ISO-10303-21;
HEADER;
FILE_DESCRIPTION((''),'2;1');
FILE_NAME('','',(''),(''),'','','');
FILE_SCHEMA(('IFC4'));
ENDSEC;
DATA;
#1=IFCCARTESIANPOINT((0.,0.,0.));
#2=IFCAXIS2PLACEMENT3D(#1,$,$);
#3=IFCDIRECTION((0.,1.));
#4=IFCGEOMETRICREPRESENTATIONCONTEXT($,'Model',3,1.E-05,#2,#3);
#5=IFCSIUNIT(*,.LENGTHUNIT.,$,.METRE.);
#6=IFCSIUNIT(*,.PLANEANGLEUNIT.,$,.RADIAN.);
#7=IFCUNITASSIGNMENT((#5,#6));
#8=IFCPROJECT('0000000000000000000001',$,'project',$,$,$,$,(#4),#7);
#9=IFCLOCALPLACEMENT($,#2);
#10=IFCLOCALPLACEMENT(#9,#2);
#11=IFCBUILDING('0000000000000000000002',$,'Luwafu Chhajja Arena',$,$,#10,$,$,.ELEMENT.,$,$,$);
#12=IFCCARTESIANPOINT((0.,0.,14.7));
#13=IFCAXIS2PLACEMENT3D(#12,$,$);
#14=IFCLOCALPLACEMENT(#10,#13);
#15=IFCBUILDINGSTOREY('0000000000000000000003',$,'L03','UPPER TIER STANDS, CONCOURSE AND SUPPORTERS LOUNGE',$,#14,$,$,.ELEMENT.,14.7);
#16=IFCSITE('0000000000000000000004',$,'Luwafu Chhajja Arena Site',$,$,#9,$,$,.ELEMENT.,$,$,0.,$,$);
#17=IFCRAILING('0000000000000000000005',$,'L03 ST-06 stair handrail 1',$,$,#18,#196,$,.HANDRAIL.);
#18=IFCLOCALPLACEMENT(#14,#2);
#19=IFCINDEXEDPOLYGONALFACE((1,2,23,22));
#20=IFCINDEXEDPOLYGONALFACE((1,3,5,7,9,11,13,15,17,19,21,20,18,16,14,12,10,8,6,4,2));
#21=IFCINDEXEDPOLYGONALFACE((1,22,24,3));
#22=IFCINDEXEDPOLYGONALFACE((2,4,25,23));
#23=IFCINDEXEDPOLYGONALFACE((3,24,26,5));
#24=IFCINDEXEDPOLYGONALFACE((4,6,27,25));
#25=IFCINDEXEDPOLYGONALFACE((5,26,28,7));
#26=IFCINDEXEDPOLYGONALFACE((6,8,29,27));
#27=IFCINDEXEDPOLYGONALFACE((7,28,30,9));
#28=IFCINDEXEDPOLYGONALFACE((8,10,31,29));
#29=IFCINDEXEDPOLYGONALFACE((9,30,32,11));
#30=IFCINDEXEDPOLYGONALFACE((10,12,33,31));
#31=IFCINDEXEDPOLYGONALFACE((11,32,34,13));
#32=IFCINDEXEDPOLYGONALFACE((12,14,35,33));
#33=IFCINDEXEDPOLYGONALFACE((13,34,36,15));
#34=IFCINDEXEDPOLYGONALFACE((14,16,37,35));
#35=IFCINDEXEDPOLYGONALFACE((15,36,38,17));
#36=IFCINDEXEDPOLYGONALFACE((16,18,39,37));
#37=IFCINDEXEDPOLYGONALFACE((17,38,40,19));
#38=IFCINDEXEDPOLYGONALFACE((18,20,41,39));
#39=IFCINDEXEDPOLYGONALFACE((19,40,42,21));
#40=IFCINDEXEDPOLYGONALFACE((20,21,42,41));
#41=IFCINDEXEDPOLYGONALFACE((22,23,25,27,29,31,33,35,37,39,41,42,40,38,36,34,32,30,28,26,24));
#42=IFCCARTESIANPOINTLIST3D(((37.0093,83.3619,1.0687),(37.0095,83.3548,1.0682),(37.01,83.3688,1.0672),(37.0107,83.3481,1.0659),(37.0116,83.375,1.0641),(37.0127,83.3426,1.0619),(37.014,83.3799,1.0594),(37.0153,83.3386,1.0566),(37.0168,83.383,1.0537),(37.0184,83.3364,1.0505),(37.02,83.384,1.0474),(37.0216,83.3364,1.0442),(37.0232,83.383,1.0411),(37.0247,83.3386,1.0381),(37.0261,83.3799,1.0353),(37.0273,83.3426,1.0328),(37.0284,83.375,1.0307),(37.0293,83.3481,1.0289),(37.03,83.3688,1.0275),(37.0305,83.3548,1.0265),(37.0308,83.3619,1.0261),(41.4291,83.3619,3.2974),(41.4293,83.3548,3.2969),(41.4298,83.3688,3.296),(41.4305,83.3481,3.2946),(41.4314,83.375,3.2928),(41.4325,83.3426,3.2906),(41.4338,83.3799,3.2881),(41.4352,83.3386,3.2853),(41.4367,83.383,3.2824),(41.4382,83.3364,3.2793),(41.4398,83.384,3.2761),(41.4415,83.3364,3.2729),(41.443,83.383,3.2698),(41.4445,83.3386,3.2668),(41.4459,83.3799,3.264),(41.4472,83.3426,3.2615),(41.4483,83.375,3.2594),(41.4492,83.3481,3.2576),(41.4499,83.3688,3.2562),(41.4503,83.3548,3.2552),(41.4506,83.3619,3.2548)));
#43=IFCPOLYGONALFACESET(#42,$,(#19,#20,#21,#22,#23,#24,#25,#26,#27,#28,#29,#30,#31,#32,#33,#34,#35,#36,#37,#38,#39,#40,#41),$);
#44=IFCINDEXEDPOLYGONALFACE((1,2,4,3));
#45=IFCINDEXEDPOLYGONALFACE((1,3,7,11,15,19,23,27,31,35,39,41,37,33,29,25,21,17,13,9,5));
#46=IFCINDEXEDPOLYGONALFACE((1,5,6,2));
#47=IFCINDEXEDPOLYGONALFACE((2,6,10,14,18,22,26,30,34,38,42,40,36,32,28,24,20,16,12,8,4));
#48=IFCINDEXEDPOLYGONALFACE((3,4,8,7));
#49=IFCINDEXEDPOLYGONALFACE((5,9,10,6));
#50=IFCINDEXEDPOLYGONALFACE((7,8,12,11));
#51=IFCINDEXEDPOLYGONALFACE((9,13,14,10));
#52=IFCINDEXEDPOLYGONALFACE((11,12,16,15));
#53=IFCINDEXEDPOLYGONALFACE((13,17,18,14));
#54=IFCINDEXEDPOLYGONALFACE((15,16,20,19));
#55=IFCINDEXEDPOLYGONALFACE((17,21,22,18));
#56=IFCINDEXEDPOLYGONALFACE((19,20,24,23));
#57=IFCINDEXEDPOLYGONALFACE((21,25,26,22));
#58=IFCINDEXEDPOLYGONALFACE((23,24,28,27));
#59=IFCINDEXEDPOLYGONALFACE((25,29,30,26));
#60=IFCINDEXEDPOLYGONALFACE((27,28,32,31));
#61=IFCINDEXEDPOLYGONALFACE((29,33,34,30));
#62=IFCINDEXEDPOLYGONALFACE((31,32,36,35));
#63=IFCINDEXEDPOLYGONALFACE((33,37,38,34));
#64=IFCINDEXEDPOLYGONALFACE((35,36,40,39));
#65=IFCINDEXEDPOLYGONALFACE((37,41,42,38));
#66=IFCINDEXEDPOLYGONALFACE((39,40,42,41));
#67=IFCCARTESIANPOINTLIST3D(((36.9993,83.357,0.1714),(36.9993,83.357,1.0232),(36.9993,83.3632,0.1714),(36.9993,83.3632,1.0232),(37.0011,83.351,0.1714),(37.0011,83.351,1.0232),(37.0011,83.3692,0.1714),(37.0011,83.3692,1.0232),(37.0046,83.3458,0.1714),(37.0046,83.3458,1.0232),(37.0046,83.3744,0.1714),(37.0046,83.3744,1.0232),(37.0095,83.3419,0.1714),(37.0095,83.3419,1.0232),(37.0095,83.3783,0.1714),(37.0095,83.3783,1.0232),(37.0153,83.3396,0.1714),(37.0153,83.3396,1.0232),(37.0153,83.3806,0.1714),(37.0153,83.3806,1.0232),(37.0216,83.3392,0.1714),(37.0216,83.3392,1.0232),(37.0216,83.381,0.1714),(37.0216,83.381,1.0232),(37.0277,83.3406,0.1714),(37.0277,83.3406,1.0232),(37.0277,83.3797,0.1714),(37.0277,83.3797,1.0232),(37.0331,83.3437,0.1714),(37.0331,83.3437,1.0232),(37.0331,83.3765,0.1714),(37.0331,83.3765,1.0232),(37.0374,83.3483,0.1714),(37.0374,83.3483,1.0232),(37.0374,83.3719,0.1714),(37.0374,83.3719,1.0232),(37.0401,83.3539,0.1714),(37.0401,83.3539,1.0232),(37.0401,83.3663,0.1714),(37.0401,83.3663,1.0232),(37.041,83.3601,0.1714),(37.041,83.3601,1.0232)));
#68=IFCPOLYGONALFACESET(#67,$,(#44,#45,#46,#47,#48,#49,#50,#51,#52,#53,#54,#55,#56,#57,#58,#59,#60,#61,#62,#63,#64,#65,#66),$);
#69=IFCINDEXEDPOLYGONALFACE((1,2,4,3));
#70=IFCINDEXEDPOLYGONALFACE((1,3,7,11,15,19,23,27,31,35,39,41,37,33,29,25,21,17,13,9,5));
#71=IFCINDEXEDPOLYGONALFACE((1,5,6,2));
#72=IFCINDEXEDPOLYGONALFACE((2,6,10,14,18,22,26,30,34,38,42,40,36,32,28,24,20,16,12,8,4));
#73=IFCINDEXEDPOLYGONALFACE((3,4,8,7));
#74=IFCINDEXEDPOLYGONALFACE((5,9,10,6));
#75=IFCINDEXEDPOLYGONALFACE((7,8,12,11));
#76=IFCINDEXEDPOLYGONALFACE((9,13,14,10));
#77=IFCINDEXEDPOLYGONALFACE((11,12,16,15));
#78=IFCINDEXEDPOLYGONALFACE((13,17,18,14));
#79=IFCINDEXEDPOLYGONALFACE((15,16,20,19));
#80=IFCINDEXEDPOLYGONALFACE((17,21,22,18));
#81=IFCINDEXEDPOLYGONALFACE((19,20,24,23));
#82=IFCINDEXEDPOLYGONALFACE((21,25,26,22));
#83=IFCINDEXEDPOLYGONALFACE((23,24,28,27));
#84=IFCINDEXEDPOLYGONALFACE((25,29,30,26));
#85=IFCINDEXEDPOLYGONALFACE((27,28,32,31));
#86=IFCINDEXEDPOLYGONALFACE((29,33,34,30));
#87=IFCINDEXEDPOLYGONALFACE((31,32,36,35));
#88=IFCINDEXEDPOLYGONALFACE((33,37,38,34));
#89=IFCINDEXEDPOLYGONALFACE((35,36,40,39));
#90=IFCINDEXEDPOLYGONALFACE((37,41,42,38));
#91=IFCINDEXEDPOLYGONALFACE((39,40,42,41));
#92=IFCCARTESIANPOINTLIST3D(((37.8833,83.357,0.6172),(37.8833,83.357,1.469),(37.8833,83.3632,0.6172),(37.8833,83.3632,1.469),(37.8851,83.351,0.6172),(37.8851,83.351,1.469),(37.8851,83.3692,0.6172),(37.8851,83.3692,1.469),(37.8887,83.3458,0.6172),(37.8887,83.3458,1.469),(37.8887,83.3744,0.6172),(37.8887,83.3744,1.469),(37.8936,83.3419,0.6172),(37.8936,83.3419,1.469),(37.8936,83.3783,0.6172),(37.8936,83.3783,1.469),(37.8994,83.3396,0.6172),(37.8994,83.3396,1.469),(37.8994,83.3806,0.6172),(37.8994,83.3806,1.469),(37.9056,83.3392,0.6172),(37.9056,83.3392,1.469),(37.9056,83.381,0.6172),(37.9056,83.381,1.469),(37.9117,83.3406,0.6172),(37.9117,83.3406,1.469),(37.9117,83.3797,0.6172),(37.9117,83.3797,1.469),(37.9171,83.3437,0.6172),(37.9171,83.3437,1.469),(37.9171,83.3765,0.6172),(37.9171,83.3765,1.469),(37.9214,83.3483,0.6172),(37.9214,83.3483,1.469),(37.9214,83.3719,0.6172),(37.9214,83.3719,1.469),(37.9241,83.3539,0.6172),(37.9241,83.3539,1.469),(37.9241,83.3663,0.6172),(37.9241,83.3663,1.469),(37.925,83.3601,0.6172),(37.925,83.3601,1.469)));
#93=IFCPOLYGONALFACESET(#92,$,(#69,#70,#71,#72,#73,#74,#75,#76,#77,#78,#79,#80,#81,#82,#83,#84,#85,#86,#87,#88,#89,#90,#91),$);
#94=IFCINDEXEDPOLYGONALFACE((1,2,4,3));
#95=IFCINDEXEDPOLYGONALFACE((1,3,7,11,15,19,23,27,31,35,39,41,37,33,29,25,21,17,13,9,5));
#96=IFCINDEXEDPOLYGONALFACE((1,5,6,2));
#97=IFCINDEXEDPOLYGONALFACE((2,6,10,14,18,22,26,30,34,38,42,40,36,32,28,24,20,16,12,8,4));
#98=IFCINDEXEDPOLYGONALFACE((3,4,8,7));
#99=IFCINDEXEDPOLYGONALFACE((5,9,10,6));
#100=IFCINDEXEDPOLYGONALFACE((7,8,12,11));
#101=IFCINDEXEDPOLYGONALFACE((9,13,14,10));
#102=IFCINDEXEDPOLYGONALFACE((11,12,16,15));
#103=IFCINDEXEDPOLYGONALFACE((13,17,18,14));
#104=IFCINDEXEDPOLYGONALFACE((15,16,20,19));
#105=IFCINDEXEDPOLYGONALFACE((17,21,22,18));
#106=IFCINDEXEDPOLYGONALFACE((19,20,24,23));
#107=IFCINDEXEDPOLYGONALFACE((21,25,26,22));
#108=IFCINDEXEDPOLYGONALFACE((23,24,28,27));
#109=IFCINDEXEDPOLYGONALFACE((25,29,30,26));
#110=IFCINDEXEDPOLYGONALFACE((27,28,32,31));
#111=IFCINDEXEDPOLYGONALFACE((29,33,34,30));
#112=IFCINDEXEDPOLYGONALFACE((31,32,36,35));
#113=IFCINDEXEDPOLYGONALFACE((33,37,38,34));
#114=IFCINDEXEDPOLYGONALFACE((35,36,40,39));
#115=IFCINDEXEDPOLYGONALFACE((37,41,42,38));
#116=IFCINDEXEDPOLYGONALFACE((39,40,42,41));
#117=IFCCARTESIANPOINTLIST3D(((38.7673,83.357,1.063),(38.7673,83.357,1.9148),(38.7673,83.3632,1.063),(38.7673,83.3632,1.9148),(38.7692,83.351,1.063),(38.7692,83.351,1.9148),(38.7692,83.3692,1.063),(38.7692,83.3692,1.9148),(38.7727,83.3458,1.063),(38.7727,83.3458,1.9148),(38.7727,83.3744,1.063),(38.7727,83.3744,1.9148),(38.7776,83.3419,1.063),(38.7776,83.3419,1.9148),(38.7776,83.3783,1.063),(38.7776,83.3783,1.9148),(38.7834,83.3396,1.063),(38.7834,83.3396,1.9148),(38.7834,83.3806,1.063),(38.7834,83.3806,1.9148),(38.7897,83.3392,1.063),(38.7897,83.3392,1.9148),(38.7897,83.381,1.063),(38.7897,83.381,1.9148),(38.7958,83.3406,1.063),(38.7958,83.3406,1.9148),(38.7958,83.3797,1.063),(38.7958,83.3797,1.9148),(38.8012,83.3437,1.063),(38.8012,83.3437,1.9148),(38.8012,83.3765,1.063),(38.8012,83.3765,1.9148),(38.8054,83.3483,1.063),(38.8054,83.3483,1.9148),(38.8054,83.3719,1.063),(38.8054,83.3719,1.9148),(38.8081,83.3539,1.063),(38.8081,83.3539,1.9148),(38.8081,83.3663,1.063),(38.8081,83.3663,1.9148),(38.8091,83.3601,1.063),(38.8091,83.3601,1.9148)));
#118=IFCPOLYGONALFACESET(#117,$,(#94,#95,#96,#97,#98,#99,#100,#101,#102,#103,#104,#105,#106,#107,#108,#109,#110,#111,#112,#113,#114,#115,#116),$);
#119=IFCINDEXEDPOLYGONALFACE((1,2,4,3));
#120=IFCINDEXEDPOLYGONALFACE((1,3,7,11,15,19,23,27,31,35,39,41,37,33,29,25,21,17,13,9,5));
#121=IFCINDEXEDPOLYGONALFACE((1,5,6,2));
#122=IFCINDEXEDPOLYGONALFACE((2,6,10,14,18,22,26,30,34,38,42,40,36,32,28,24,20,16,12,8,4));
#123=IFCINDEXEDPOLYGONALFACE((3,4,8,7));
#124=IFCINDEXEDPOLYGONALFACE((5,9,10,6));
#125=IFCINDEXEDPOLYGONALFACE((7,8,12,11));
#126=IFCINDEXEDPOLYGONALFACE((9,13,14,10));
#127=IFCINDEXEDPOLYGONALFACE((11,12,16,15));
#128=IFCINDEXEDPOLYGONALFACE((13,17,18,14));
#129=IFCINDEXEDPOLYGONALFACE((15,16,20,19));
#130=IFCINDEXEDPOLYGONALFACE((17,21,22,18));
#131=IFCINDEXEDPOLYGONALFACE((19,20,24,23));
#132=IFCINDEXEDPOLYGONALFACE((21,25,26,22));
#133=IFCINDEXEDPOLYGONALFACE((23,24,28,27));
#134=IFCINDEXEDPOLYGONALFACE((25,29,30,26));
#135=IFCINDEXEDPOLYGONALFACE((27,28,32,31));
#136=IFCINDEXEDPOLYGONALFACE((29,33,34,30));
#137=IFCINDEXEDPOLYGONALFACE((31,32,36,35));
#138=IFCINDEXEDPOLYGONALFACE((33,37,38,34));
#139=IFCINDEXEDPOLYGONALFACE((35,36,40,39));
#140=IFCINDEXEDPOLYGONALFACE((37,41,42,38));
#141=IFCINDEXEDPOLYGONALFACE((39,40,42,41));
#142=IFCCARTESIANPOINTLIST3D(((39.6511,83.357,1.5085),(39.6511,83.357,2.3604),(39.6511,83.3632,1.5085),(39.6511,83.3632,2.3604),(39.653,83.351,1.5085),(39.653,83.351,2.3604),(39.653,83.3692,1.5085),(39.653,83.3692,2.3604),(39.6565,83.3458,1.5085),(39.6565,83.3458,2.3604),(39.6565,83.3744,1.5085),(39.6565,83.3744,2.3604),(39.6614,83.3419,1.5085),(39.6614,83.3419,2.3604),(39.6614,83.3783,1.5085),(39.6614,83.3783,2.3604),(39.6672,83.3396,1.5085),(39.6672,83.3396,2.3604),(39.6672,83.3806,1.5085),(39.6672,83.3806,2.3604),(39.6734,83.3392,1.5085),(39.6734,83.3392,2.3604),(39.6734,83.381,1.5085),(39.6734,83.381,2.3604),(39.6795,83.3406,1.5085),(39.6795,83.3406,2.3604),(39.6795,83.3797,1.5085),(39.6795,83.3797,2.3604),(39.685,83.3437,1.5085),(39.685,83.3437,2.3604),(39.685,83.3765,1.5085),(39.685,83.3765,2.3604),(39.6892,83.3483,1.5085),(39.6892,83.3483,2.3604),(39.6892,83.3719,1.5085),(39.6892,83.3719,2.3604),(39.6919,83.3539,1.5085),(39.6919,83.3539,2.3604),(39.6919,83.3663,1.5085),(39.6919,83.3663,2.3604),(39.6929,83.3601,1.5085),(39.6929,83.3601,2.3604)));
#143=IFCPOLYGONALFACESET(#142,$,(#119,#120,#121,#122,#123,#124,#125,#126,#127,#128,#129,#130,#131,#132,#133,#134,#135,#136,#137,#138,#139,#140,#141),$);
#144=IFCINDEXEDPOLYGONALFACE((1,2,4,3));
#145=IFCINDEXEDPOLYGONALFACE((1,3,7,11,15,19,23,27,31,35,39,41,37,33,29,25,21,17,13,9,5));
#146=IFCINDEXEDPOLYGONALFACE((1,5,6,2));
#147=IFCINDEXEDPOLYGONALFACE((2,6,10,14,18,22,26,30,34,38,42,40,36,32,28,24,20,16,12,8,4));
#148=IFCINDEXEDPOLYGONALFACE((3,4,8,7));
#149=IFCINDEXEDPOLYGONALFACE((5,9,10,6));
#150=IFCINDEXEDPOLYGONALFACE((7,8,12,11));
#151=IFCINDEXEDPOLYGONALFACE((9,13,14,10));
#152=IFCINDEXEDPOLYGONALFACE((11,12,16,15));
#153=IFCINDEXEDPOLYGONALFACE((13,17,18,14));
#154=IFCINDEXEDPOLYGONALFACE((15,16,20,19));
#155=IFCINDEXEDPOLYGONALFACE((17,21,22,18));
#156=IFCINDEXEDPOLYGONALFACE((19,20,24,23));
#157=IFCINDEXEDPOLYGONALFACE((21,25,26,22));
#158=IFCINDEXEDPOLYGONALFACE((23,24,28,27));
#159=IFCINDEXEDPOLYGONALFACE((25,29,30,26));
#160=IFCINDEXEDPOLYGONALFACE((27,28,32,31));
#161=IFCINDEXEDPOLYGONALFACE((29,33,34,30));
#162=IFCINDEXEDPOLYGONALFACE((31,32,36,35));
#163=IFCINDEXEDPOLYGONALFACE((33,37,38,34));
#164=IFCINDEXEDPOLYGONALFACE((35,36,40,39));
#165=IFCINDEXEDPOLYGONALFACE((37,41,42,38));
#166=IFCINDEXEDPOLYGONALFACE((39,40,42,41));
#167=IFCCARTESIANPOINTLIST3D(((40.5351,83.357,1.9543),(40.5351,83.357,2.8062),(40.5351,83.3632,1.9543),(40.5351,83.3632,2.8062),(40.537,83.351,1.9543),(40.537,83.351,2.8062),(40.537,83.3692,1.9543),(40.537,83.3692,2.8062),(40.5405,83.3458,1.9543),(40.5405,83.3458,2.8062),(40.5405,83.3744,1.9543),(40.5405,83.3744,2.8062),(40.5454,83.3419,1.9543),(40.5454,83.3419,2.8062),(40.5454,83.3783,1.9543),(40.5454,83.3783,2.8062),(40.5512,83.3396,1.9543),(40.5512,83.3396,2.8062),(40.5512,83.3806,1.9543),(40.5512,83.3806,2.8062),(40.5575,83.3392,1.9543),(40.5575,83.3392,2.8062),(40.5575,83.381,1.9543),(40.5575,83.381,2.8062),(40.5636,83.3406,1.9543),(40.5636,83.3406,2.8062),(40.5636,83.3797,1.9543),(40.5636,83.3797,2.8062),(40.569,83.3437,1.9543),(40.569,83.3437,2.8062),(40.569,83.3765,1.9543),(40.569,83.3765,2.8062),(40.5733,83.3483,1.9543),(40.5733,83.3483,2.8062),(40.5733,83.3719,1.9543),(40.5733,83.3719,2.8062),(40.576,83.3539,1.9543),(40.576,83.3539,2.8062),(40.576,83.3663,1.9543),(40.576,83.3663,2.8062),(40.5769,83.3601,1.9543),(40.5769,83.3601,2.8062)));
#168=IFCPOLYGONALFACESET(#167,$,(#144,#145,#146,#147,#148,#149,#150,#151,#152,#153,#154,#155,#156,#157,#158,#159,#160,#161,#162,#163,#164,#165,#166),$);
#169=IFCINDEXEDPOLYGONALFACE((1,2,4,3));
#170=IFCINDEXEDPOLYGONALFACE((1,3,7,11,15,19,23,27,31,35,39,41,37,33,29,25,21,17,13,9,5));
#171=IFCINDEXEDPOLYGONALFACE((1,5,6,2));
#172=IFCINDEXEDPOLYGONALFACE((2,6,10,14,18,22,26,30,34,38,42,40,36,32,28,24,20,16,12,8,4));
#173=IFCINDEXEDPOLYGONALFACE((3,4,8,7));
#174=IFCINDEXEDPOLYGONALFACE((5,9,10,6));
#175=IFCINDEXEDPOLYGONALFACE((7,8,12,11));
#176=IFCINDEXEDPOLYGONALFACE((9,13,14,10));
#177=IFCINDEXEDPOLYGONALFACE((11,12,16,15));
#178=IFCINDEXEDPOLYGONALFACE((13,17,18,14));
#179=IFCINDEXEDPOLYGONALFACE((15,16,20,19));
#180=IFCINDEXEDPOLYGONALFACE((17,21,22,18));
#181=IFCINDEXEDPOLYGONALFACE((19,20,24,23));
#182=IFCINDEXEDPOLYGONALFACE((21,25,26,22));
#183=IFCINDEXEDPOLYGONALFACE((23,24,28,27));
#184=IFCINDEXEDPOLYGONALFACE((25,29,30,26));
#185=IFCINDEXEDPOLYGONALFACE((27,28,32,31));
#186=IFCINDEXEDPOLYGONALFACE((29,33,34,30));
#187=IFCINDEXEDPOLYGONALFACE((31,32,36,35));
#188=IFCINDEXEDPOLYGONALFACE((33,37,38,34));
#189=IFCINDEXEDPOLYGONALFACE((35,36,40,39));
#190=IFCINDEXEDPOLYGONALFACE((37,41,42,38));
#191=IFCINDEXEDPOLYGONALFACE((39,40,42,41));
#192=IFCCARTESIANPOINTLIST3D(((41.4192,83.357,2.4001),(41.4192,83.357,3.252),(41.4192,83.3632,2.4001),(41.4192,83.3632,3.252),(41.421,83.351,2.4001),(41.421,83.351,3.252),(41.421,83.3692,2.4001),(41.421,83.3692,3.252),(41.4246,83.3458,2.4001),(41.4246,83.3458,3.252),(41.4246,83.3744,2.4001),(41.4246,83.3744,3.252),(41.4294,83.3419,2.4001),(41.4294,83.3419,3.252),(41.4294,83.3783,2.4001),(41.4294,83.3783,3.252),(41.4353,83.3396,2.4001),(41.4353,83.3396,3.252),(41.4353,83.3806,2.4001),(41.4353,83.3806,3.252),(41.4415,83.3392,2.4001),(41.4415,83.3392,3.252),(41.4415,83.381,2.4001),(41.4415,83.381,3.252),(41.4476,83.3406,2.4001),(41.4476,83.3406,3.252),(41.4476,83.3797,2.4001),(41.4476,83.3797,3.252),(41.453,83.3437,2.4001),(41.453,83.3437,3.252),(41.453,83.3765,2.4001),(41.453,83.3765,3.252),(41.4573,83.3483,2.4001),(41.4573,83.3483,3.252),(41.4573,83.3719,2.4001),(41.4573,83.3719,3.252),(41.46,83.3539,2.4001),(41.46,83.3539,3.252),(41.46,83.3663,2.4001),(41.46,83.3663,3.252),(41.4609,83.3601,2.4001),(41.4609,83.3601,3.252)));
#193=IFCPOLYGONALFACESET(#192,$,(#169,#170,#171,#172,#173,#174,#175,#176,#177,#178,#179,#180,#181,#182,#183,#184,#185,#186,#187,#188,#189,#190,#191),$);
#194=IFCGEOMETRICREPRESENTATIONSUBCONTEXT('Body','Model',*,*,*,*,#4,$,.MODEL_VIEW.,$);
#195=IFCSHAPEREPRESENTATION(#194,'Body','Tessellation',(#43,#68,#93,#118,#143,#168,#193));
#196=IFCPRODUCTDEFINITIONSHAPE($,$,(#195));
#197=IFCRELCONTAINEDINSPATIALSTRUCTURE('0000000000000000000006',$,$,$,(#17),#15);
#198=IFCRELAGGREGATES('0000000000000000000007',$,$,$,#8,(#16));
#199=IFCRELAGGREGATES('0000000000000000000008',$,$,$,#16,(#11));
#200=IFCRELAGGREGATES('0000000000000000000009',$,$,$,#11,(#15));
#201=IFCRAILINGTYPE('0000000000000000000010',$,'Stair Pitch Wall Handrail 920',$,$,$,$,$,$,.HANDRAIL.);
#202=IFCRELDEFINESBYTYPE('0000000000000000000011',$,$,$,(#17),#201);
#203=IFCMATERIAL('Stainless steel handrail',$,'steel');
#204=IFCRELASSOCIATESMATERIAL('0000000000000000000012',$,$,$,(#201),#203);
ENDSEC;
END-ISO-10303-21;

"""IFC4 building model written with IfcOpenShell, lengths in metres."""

from ifc_helpers import new_model, si_unit, direction, frame, origin, origin_2d, place, context, subcontext, project, spatial, circle, extrude, material, type_object, element, save


model = new_model("IFC4")

# Units and contexts
model_context = context("Model", 3, precision=1e-05, world=origin(), true_north=direction((0.0, 1.0)))
body_context = subcontext(model_context, "Body", "Model", "MODEL_VIEW")
ifc_project = project(units=[si_unit("LENGTHUNIT", "METRE"), si_unit("PLANEANGLEUNIT", "RADIAN")], contexts=[model_context])

# Site, building, storey
site_placement = place(None, origin())
site = spatial("IfcSite", under=ifc_project, at=site_placement, Name="Luwafu Chhajja Arena Site", CompositionType="ELEMENT", RefElevation=0.0)
building_placement = place(site_placement, origin())
building = spatial("IfcBuilding", under=site, at=building_placement, Name="Luwafu Chhajja Arena", CompositionType="ELEMENT")
storey_placement = place(building_placement, frame((0.0, 0.0, 14.7)))
storey = spatial("IfcBuildingStorey", under=building, at=storey_placement, Name="L03", Description="UPPER TIER STANDS, CONCOURSE AND SUPPORTERS LOUNGE", CompositionType="ELEMENT", Elevation=14.7)

# Railing
ifc_material_1 = material(Name="Stainless steel handrail", Category="steel")
railing_type_1 = type_object("IfcRailingType", Name="Stair Pitch Wall Handrail 920", PredefinedType="HANDRAIL", material=ifc_material_1)
railing_1_placement = place(storey_placement, frame((37.02, 83.3601, 0.1714)))
element("IfcRailing", 1, at=railing_1_placement, inside=storey, type_object=railing_type_1, Name="L03 ST-06 stair handrail 1", PredefinedType="HANDRAIL", context=body_context, shape_type="SweptSolid", body=[
    extrude(circle(Radius=0.0239, at=origin_2d()), frame((0.0, 0.0, 0.876), z_axis=(0.892903, 0.0, 0.450249), x_axis=(0.0, 1.0, 0.0)), (0.0, 0.0, 1.0), 4.95),
    extrude(circle(Radius=0.021, at=origin_2d()), origin(), (0.0, 0.0, 1.0), 0.8518),
    extrude(circle(Radius=0.021, at=origin_2d()), frame((0.884, 0.0, 0.4458)), (0.0, 0.0, 1.0), 0.8518),
    extrude(circle(Radius=0.021, at=origin_2d()), frame((1.7681, 0.0, 0.8916)), (0.0, 0.0, 1.0), 0.8518),
    extrude(circle(Radius=0.021, at=origin_2d()), frame((2.6519, 0.0, 1.3372)), (0.0, 0.0, 1.0), 0.8518),
    extrude(circle(Radius=0.021, at=origin_2d()), frame((3.5359, 0.0, 1.783)), (0.0, 0.0, 1.0), 0.8518),
    extrude(circle(Radius=0.021, at=origin_2d()), frame((4.4199, 0.0, 2.2288)), (0.0, 0.0, 1.0), 0.8518),
])

save(model, "model.ifc")
